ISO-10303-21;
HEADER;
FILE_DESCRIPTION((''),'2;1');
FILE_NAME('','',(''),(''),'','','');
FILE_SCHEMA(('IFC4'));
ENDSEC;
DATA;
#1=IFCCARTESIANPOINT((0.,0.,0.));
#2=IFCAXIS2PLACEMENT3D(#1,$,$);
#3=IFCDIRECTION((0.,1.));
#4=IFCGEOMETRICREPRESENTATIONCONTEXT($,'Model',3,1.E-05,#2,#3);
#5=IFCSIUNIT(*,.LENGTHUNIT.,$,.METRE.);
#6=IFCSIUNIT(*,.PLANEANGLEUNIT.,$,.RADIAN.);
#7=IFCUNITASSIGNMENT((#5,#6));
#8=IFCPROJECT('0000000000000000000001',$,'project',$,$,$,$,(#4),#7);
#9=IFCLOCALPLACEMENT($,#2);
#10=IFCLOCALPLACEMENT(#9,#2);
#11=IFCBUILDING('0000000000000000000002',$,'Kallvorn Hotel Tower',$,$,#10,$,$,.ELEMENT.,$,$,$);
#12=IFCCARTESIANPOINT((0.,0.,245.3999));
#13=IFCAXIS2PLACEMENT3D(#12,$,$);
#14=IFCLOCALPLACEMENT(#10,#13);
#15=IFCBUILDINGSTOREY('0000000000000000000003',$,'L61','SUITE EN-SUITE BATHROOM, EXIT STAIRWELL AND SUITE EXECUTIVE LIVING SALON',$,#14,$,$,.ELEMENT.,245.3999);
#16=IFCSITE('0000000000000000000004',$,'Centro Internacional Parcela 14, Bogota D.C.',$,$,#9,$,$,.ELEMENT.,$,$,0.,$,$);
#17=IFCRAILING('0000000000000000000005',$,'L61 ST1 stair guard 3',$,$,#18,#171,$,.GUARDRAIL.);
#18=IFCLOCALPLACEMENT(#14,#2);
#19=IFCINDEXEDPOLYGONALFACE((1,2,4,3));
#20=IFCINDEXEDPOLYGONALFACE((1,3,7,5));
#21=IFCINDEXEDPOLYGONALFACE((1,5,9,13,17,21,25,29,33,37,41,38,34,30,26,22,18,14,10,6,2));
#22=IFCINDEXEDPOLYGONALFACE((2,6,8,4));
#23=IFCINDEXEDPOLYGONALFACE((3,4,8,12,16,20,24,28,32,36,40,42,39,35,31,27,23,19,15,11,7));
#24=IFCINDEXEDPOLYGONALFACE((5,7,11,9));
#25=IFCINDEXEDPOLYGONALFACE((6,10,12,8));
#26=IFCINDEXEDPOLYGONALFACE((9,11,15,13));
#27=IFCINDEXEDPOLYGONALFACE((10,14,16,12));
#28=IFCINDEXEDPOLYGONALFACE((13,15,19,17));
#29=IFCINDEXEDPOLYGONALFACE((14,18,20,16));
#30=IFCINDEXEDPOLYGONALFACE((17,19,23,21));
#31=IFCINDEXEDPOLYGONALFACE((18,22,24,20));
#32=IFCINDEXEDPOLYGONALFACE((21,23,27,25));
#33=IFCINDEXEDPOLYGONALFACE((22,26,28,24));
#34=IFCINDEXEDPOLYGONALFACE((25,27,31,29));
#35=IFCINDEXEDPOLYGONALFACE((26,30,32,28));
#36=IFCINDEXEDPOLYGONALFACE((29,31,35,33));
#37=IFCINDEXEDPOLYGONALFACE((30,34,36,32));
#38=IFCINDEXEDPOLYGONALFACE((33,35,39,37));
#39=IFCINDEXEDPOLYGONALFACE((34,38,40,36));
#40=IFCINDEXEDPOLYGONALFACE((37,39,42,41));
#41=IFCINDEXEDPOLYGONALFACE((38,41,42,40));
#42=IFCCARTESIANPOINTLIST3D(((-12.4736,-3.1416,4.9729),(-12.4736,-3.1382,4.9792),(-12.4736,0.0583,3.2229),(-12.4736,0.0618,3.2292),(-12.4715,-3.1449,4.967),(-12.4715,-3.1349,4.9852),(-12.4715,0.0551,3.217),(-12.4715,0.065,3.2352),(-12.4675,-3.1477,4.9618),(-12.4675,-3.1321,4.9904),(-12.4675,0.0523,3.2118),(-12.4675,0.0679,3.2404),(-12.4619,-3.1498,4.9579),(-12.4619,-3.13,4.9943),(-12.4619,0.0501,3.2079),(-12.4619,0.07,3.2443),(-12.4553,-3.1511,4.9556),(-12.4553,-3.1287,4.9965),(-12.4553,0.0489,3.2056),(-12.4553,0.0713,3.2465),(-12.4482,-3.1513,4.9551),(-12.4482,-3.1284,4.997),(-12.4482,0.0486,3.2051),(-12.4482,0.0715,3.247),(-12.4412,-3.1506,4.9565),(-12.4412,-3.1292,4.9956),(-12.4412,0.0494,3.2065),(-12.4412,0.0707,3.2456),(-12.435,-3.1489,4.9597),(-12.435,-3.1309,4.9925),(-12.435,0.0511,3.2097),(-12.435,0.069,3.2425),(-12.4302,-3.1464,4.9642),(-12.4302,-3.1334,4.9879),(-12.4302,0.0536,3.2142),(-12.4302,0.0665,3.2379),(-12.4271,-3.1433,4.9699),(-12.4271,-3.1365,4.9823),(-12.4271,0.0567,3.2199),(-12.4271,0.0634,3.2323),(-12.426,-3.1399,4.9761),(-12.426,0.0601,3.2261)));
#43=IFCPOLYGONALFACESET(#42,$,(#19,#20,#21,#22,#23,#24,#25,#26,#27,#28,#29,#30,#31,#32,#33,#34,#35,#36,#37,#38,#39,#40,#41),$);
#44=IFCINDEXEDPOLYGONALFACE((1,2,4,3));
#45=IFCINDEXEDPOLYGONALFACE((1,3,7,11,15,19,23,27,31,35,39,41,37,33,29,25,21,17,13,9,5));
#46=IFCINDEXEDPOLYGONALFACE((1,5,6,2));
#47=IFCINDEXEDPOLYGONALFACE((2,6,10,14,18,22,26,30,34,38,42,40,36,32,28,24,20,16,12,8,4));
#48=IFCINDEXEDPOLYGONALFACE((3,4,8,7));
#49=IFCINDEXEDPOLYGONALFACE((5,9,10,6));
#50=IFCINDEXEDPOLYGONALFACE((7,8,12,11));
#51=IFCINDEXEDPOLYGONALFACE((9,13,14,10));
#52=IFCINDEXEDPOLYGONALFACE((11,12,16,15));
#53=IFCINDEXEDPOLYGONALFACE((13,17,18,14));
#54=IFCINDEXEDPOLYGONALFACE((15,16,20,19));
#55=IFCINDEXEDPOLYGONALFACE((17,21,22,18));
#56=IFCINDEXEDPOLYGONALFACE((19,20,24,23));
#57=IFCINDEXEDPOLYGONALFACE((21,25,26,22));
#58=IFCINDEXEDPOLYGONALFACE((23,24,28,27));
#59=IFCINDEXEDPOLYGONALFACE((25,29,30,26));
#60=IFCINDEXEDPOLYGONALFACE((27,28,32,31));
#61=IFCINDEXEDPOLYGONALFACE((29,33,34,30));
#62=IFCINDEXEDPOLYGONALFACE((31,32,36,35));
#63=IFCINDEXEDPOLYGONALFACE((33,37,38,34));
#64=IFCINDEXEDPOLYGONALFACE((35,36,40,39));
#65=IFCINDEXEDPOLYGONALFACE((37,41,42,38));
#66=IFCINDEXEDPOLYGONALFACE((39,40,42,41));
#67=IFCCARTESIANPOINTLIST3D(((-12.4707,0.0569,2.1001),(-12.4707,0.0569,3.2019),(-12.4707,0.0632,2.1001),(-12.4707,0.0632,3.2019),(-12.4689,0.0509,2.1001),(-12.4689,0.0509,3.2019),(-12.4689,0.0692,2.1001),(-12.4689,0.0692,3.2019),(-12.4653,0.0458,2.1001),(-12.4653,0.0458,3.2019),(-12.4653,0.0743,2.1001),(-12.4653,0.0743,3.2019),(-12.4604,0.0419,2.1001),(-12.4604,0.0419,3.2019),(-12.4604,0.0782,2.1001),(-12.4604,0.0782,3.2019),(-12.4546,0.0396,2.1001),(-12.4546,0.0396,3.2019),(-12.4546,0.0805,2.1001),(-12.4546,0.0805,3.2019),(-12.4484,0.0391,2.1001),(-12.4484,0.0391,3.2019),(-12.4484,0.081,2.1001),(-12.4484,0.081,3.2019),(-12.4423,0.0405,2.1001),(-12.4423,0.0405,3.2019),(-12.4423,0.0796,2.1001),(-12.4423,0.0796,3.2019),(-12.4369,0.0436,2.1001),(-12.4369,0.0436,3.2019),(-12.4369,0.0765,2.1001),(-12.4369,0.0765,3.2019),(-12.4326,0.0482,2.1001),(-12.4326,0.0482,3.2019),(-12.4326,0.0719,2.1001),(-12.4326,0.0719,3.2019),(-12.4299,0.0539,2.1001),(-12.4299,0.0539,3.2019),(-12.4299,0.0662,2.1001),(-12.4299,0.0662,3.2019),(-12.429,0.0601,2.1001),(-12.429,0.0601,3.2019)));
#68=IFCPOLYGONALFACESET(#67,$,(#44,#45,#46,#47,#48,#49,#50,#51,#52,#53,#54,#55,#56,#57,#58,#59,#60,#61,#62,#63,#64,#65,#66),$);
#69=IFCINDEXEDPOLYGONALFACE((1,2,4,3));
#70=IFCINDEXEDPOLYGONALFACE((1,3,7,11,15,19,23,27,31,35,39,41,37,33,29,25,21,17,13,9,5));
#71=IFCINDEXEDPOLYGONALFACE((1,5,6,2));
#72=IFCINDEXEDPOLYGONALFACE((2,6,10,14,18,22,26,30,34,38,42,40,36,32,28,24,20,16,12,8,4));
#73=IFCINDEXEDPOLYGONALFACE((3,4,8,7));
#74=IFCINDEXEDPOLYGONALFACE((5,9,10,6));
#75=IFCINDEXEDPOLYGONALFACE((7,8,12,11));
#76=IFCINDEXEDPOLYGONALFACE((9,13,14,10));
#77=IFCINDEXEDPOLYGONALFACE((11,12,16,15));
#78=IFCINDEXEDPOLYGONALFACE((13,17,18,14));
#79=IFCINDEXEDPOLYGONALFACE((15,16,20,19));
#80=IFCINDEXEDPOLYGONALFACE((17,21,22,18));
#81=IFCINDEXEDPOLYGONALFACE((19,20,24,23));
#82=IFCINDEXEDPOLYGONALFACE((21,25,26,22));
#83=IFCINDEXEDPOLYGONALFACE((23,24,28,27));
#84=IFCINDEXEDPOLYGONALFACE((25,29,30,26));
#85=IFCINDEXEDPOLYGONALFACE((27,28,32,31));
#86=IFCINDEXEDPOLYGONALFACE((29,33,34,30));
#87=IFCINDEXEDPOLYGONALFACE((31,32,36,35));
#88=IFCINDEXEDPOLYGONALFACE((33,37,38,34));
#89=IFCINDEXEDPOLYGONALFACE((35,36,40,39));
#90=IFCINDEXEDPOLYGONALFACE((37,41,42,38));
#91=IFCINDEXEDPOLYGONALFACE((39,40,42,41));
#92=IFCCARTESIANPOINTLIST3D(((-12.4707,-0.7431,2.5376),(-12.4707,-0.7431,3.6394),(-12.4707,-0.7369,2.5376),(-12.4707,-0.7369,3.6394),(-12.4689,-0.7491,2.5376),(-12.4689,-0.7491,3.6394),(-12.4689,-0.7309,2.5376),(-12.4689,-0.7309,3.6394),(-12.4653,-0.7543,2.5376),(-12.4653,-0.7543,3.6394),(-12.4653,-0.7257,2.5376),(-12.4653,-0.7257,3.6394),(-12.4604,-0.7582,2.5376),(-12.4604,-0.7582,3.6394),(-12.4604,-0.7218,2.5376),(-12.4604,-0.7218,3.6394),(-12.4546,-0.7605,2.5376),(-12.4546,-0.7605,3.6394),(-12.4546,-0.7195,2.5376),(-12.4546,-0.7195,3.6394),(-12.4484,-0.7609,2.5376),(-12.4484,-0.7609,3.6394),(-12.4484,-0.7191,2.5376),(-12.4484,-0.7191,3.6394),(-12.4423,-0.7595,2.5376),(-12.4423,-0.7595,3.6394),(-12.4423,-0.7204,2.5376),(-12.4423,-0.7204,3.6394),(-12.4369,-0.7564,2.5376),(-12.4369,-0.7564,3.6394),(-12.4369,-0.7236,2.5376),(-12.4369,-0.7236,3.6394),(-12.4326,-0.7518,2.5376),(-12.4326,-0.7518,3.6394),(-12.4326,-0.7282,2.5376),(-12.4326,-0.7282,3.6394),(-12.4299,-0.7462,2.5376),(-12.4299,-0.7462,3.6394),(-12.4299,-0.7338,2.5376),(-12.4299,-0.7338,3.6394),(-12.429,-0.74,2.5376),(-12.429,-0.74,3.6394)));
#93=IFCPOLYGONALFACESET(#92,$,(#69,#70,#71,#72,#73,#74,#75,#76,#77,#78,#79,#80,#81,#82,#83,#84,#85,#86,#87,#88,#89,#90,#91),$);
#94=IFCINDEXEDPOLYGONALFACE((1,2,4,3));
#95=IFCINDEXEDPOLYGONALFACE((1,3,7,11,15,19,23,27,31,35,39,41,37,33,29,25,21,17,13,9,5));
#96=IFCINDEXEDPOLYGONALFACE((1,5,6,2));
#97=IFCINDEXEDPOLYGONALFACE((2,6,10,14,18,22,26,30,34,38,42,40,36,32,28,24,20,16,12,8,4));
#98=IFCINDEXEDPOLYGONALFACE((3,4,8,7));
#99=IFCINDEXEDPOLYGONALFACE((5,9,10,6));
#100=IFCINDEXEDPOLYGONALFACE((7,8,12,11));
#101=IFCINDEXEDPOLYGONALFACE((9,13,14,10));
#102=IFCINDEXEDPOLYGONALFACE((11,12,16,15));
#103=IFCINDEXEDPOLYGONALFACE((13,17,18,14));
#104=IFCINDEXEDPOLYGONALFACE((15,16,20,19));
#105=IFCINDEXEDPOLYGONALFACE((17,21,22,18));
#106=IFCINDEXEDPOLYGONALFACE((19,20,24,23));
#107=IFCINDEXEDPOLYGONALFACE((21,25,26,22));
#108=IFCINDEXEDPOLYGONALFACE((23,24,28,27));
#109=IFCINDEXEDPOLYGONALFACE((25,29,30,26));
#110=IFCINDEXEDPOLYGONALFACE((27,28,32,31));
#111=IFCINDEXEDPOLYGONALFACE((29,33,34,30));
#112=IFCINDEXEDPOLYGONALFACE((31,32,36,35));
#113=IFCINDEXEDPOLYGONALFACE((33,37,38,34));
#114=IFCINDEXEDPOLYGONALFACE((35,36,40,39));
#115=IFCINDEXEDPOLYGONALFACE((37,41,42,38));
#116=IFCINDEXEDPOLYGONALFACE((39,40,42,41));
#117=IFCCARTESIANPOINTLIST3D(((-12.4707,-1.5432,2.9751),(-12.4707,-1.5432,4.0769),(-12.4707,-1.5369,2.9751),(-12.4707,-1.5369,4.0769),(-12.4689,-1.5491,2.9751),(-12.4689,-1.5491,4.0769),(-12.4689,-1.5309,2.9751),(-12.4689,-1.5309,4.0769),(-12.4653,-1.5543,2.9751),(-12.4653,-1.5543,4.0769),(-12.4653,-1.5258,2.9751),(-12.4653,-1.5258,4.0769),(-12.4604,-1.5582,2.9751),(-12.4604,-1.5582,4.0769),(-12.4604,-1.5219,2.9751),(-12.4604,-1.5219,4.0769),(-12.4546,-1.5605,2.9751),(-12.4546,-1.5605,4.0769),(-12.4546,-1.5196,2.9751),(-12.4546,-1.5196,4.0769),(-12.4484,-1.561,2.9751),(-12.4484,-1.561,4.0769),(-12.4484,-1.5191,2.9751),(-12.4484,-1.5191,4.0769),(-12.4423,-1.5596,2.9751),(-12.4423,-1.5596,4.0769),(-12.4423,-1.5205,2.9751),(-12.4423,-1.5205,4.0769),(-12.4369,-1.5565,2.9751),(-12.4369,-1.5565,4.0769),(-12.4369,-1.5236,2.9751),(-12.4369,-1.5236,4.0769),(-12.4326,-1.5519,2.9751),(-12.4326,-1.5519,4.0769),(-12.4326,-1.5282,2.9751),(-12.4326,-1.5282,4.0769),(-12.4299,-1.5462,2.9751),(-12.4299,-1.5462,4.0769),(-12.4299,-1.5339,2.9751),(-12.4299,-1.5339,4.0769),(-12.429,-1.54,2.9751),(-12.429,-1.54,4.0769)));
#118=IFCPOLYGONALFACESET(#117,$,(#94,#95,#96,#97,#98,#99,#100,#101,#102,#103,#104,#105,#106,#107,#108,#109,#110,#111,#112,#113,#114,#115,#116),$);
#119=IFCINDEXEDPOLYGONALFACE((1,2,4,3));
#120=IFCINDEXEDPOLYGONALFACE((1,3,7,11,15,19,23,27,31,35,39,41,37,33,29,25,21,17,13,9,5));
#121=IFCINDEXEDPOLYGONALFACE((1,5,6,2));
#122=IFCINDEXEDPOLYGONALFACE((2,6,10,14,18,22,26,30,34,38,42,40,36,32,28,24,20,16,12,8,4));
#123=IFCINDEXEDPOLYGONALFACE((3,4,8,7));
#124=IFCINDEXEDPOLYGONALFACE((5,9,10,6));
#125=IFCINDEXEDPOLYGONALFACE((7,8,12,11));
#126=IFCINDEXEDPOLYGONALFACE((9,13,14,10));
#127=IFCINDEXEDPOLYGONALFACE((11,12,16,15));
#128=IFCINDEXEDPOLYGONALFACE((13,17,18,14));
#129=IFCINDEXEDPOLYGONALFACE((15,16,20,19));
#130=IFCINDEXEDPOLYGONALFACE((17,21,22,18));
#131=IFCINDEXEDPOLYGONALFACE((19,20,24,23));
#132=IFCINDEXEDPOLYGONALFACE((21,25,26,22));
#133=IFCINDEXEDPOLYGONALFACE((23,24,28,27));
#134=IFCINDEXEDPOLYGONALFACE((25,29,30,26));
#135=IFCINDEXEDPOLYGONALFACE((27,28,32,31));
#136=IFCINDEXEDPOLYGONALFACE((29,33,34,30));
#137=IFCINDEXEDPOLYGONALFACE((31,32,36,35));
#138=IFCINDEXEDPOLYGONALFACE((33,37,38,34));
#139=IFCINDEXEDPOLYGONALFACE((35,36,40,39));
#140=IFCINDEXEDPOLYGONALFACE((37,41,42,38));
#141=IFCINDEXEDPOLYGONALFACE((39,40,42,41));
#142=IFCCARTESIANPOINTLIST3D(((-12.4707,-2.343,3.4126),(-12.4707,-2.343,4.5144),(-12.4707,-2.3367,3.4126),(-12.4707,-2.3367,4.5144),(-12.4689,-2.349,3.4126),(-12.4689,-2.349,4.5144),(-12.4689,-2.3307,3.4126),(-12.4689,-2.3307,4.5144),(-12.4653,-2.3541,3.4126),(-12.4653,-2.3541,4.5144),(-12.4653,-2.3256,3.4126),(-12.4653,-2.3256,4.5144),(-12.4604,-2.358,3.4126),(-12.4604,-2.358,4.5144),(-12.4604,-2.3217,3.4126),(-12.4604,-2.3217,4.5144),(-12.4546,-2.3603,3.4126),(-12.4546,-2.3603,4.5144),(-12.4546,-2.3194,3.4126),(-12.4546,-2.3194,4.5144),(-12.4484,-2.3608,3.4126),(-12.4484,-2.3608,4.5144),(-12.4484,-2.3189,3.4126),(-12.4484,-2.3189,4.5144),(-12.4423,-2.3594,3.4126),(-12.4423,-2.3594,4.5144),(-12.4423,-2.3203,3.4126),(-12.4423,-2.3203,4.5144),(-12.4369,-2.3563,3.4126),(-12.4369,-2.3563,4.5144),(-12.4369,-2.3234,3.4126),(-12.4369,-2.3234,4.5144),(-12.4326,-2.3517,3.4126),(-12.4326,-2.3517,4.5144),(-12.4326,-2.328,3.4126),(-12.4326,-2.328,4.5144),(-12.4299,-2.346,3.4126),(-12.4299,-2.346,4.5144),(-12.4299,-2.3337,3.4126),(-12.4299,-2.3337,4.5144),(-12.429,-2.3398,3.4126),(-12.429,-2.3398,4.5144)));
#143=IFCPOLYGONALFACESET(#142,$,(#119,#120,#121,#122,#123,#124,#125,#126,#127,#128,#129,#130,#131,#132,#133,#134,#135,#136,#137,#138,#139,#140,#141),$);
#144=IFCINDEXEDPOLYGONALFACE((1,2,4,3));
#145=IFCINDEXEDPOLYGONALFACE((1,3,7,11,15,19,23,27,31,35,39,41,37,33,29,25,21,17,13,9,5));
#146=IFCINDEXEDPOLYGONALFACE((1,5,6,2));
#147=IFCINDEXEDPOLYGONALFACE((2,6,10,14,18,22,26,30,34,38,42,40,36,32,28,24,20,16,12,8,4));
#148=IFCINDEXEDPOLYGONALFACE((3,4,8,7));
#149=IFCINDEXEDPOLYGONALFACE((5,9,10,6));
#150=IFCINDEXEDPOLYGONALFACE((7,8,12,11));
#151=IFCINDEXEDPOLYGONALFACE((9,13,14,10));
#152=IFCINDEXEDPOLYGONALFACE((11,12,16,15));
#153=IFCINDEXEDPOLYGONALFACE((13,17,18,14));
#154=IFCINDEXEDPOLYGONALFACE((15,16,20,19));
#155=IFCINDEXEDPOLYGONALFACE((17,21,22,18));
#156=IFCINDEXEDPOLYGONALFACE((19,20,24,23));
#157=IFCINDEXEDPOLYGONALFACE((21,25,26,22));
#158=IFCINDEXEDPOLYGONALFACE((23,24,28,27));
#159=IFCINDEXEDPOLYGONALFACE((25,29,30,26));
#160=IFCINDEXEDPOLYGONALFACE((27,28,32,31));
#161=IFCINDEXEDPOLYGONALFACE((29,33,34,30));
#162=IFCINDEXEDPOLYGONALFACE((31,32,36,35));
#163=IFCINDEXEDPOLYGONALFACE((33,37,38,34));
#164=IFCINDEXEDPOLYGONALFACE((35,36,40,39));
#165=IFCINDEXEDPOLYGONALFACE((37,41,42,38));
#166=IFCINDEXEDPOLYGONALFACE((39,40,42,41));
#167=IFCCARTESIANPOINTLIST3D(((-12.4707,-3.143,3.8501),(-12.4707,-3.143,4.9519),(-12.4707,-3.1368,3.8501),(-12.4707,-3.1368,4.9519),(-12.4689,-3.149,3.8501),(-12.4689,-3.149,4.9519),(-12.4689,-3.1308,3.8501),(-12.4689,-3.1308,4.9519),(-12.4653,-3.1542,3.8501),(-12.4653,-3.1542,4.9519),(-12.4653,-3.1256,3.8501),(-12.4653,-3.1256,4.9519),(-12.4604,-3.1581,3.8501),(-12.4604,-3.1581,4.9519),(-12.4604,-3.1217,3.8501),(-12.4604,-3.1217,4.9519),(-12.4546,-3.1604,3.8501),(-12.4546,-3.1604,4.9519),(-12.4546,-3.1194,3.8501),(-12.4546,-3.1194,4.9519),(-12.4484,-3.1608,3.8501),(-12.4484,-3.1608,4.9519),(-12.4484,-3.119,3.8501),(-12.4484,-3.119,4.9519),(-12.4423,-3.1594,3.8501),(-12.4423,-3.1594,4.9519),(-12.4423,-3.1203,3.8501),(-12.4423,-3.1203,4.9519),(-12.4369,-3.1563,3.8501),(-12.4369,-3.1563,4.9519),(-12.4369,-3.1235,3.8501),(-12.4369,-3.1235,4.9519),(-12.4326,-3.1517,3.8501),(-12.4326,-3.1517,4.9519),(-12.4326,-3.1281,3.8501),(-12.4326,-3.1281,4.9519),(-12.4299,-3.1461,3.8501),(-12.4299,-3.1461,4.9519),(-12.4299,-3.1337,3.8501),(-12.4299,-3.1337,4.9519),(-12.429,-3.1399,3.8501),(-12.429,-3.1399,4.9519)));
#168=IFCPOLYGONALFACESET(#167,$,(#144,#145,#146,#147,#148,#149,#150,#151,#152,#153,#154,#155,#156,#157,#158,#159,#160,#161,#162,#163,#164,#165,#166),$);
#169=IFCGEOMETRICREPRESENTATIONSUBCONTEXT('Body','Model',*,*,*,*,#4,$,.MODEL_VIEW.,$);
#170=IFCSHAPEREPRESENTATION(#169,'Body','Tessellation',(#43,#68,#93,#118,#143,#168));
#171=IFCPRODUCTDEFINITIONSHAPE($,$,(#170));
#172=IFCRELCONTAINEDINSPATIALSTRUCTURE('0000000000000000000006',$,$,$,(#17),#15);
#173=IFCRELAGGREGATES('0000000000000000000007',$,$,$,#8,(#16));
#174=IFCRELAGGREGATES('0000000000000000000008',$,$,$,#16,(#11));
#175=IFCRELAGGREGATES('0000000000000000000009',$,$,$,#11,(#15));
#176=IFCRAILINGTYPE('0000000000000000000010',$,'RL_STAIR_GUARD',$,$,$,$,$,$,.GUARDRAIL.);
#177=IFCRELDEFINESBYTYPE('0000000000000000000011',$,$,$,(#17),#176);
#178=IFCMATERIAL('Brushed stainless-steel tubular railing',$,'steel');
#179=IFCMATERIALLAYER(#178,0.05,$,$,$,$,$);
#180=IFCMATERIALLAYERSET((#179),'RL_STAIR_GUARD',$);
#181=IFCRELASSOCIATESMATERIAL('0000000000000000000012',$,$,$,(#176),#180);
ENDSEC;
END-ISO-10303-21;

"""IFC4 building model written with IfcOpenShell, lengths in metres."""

from ifc_helpers import new_model, si_unit, direction, frame, origin, origin_2d, place, context, subcontext, project, spatial, circle, extrude, material, layer, layer_set, type_object, element, save


model = new_model("IFC4")

# Units and contexts
model_context = context("Model", 3, precision=1e-05, world=origin(), true_north=direction((0.0, 1.0)))
body_context = subcontext(model_context, "Body", "Model", "MODEL_VIEW")
ifc_project = project(units=[si_unit("LENGTHUNIT", "METRE"), si_unit("PLANEANGLEUNIT", "RADIAN")], contexts=[model_context])

# Site, building, storey
site_placement = place(None, origin())
site = spatial("IfcSite", under=ifc_project, at=site_placement, Name="Centro Internacional Parcela 14, Bogota D.C.", CompositionType="ELEMENT", RefElevation=0.0)
building_placement = place(site_placement, origin())
building = spatial("IfcBuilding", under=site, at=building_placement, Name="Kallvorn Hotel Tower", CompositionType="ELEMENT")
storey_placement = place(building_placement, frame((0.0, 0.0, 245.3999)))
storey = spatial("IfcBuildingStorey", under=building, at=storey_placement, Name="L61", Description="SUITE EN-SUITE BATHROOM, EXIT STAIRWELL AND SUITE EXECUTIVE LIVING SALON", CompositionType="ELEMENT", Elevation=245.3999)

# Railing
ifc_material_1 = material(Name="Brushed stainless-steel tubular railing", Category="steel")
ifc_layer_1 = layer(ifc_material_1, 0.05)
ifc_layer_set_1 = layer_set([ifc_layer_1], Name="RL_STAIR_GUARD")
railing_type_1 = type_object("IfcRailingType", Name="RL_STAIR_GUARD", PredefinedType="GUARDRAIL", material=ifc_layer_set_1)
railing_1_placement = place(storey_placement, frame((-12.45, 0.0601, 2.1001)))
element("IfcRailing", 1, at=railing_1_placement, inside=storey, type_object=railing_type_1, Name="L61 ST1 stair guard 3", PredefinedType="GUARDRAIL", context=body_context, shape_type="SweptSolid", body=[
    extrude(circle(Radius=0.0239, at=origin_2d()), frame((0.0, 0.0, 1.126), z_axis=(0.0, -0.877368, 0.479818), x_axis=(1.0, 0.0, 0.0)), (0.0, 0.0, 1.0), 3.6472),
    extrude(circle(Radius=0.021, at=origin_2d()), origin(), (0.0, 0.0, 1.0), 1.1018),
    extrude(circle(Radius=0.021, at=origin_2d()), frame((0.0, -0.8, 0.4375)), (0.0, 0.0, 1.0), 1.1018),
    extrude(circle(Radius=0.021, at=origin_2d()), frame((0.0, -1.6001, 0.875)), (0.0, 0.0, 1.0), 1.1018),
    extrude(circle(Radius=0.021, at=origin_2d()), frame((0.0, -2.3999, 1.3125)), (0.0, 0.0, 1.0), 1.1018),
    extrude(circle(Radius=0.021, at=origin_2d()), frame((0.0, -3.2, 1.75)), (0.0, 0.0, 1.0), 1.1018),
])

save(model, "model.ifc")
